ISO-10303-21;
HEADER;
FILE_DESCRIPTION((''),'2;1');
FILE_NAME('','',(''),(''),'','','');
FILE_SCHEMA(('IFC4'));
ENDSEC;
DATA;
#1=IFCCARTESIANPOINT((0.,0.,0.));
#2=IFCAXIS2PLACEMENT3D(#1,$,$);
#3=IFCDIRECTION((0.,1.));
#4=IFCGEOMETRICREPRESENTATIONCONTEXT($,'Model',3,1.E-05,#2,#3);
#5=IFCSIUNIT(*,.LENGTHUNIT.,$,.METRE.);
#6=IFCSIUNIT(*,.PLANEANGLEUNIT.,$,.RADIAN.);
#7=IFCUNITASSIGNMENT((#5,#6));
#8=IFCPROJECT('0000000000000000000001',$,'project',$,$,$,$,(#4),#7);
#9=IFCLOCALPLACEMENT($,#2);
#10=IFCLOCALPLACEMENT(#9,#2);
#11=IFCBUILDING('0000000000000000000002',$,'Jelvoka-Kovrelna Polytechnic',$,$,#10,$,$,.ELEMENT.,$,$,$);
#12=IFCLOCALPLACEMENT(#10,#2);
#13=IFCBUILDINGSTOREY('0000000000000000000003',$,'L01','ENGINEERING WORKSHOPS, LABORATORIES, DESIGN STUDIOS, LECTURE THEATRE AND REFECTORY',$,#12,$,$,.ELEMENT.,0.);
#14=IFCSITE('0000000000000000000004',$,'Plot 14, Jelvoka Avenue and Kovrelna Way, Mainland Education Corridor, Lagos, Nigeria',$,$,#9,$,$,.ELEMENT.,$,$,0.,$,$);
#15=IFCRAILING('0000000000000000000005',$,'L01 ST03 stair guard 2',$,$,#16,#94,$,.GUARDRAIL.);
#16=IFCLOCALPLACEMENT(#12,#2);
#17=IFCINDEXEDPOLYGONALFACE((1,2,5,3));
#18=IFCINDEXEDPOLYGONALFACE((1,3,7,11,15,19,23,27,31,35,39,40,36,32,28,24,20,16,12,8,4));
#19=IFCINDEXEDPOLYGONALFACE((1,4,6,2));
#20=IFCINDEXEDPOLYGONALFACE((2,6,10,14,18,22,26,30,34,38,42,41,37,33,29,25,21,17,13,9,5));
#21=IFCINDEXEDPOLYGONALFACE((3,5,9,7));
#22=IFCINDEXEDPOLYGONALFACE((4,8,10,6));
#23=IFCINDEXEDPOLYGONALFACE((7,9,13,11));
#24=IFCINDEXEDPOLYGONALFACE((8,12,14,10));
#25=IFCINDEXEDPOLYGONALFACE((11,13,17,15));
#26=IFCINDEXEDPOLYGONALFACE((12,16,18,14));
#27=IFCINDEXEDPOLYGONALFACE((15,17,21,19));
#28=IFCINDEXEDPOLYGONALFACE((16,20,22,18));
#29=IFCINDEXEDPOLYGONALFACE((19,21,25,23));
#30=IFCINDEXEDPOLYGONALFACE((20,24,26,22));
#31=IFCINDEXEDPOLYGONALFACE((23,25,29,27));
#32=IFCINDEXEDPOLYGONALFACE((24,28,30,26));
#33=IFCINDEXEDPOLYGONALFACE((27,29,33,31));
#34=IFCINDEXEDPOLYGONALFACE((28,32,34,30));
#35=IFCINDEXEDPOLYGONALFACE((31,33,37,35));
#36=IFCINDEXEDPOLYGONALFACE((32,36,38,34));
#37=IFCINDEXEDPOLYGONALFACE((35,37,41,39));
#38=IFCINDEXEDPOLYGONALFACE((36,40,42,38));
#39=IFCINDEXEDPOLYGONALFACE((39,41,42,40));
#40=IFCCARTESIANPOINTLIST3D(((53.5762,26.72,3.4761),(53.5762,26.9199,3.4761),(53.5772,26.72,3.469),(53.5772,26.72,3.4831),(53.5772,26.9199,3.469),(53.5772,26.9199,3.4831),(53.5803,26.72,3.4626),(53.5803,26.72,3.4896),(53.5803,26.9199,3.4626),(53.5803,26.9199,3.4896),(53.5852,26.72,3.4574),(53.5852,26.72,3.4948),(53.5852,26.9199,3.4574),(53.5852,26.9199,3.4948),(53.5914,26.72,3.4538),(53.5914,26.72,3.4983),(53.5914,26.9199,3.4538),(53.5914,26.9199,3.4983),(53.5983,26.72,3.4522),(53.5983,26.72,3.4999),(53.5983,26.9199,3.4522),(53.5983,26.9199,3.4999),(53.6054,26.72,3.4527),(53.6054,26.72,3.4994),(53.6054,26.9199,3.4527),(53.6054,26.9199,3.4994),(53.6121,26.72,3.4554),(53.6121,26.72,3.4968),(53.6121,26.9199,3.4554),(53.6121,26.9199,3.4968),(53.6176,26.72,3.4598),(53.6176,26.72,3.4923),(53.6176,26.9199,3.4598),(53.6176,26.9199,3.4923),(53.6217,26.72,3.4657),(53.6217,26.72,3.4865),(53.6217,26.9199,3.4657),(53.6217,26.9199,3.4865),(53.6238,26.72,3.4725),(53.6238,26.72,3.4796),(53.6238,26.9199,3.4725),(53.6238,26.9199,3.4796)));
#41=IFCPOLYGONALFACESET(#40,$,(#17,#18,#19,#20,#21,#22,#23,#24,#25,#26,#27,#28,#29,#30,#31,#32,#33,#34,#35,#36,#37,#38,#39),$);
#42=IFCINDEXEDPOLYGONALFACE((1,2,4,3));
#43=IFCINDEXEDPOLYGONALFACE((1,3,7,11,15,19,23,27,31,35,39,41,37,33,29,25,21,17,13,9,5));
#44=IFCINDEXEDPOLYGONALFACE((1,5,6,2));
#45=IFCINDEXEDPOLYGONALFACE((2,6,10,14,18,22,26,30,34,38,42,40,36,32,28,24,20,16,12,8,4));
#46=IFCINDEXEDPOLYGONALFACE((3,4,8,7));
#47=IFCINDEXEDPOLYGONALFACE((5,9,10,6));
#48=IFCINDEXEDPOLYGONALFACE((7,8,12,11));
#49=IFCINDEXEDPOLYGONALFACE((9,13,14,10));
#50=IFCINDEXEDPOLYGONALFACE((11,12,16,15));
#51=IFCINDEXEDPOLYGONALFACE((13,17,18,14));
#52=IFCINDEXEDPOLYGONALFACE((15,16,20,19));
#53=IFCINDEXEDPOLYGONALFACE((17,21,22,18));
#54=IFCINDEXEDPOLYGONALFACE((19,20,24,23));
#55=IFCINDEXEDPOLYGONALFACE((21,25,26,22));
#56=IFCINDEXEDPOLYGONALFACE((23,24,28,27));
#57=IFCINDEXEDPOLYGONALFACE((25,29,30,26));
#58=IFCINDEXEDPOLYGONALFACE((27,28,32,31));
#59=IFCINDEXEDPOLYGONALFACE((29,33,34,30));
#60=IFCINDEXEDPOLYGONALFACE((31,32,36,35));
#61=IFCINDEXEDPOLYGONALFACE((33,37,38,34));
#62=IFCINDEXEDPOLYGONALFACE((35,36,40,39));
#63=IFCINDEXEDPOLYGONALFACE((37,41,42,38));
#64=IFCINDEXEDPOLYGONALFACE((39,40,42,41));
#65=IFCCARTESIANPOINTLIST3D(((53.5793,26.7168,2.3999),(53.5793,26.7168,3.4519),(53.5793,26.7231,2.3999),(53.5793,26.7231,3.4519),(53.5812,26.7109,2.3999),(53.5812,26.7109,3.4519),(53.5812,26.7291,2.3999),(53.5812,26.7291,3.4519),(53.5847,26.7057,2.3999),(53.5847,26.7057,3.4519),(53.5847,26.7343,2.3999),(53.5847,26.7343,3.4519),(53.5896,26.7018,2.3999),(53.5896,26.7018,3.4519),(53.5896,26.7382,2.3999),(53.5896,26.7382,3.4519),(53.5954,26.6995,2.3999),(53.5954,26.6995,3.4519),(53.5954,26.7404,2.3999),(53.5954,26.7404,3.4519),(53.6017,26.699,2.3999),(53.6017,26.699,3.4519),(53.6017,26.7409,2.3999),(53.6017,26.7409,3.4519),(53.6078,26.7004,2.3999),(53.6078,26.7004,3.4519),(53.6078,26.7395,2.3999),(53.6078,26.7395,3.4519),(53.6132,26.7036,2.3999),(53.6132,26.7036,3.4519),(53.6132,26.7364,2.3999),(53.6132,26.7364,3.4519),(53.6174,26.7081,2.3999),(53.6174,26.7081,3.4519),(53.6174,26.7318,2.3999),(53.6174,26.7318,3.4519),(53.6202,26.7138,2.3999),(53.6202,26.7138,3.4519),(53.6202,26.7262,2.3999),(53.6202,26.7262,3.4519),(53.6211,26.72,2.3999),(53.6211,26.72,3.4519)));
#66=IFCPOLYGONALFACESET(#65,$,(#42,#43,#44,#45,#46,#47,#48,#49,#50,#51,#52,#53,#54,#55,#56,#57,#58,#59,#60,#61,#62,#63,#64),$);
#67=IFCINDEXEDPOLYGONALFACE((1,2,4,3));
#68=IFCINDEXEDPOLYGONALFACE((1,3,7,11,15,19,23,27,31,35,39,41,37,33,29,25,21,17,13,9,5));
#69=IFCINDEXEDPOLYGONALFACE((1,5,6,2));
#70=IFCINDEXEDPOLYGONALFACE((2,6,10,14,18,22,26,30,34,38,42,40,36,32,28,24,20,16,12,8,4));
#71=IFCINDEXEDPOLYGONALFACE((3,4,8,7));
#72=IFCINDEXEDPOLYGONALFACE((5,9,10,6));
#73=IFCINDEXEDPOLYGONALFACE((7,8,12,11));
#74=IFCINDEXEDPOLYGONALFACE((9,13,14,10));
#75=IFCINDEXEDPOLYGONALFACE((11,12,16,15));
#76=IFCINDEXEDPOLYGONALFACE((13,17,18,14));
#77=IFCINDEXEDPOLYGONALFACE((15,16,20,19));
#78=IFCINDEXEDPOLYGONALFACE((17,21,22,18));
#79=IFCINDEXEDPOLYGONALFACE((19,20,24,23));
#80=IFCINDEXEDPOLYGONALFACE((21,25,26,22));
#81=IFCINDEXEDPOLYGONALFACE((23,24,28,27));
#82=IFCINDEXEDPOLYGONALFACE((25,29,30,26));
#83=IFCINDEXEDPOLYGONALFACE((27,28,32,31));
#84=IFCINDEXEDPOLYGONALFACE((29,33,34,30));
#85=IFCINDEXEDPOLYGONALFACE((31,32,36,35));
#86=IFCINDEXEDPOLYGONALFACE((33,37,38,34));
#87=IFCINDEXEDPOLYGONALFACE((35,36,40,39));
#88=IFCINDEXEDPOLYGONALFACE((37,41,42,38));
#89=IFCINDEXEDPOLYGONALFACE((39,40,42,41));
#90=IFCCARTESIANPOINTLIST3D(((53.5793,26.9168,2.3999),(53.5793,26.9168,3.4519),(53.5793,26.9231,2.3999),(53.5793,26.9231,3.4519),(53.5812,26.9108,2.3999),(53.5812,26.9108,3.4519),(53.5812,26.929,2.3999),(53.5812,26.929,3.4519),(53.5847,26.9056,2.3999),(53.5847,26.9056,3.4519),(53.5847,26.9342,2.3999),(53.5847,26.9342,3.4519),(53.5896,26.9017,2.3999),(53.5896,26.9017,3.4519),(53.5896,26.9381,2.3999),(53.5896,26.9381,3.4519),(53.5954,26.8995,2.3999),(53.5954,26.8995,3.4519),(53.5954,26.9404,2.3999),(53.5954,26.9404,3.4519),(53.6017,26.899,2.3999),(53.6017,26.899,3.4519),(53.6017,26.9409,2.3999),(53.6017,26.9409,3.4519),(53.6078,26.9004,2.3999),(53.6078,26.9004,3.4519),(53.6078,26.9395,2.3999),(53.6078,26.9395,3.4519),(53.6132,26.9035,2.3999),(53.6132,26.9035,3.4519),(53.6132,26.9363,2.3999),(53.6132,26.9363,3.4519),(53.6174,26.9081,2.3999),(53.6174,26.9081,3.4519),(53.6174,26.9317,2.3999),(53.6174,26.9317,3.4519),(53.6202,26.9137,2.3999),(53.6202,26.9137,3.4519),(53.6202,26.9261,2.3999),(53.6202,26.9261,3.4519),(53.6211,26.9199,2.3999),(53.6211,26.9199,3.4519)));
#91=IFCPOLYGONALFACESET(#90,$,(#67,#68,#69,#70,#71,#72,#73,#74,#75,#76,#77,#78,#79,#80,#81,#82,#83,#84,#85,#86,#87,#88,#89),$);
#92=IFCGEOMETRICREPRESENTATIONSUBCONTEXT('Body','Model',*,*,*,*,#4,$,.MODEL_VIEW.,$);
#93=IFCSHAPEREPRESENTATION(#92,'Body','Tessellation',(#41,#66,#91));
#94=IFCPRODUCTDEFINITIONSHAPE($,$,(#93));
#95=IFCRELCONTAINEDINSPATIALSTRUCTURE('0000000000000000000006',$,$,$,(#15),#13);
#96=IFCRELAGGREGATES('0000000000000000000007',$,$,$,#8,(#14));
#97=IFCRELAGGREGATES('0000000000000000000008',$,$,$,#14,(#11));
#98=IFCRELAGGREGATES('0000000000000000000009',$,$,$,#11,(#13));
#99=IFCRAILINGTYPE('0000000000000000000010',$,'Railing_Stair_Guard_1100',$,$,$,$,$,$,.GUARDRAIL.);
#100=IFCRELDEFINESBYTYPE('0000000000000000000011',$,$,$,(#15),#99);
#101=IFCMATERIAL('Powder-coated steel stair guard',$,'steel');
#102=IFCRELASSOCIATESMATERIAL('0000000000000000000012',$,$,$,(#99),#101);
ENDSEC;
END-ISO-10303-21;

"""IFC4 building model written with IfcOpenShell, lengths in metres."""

from ifc_helpers import new_model, si_unit, direction, frame, origin, origin_2d, place, context, subcontext, project, spatial, circle, extrude, material, type_object, element, save


model = new_model("IFC4")

# Units and contexts
model_context = context("Model", 3, precision=1e-05, world=origin(), true_north=direction((0.0, 1.0)))
body_context = subcontext(model_context, "Body", "Model", "MODEL_VIEW")
ifc_project = project(units=[si_unit("LENGTHUNIT", "METRE"), si_unit("PLANEANGLEUNIT", "RADIAN")], contexts=[model_context])

# Site, building, storey
site_placement = place(None, origin())
site = spatial("IfcSite", under=ifc_project, at=site_placement, Name="Plot 14, Jelvoka Avenue and Kovrelna Way, Mainland Education Corridor, Lagos, Nigeria", CompositionType="ELEMENT", RefElevation=0.0)
building_placement = place(site_placement, origin())
building = spatial("IfcBuilding", under=site, at=building_placement, Name="Jelvoka-Kovrelna Polytechnic", CompositionType="ELEMENT")
storey_placement = place(building_placement, origin())
storey = spatial("IfcBuildingStorey", under=building, at=storey_placement, Name="L01", Description="ENGINEERING WORKSHOPS, LABORATORIES, DESIGN STUDIOS, LECTURE THEATRE AND REFECTORY", CompositionType="ELEMENT", Elevation=0.0)

# Railing
ifc_material_1 = material(Name="Powder-coated steel stair guard", Category="steel")
railing_type_1 = type_object("IfcRailingType", Name="Railing_Stair_Guard_1100", PredefinedType="GUARDRAIL", material=ifc_material_1)
railing_1_placement = place(storey_placement, frame((53.6001, 26.72, 2.3999)))
element("IfcRailing", 1, at=railing_1_placement, inside=storey, type_object=railing_type_1, Name="L01 ST03 stair guard 2", PredefinedType="GUARDRAIL", context=body_context, shape_type="SweptSolid", body=[
    extrude(circle(Radius=0.0239, at=origin_2d()), frame((0.0, 0.0, 1.0762), z_axis=(0.0, 1.0, 0.0), x_axis=(-1.0, 0.0, 0.0)), (0.0, 0.0, 1.0), 0.2),
    extrude(circle(Radius=0.021, at=origin_2d()), origin(), (0.0, 0.0, 1.0), 1.052),
    extrude(circle(Radius=0.021, at=origin_2d()), frame((0.0, 0.2, 0.0)), (0.0, 0.0, 1.0), 1.052),
])

save(model, "model.ifc")
